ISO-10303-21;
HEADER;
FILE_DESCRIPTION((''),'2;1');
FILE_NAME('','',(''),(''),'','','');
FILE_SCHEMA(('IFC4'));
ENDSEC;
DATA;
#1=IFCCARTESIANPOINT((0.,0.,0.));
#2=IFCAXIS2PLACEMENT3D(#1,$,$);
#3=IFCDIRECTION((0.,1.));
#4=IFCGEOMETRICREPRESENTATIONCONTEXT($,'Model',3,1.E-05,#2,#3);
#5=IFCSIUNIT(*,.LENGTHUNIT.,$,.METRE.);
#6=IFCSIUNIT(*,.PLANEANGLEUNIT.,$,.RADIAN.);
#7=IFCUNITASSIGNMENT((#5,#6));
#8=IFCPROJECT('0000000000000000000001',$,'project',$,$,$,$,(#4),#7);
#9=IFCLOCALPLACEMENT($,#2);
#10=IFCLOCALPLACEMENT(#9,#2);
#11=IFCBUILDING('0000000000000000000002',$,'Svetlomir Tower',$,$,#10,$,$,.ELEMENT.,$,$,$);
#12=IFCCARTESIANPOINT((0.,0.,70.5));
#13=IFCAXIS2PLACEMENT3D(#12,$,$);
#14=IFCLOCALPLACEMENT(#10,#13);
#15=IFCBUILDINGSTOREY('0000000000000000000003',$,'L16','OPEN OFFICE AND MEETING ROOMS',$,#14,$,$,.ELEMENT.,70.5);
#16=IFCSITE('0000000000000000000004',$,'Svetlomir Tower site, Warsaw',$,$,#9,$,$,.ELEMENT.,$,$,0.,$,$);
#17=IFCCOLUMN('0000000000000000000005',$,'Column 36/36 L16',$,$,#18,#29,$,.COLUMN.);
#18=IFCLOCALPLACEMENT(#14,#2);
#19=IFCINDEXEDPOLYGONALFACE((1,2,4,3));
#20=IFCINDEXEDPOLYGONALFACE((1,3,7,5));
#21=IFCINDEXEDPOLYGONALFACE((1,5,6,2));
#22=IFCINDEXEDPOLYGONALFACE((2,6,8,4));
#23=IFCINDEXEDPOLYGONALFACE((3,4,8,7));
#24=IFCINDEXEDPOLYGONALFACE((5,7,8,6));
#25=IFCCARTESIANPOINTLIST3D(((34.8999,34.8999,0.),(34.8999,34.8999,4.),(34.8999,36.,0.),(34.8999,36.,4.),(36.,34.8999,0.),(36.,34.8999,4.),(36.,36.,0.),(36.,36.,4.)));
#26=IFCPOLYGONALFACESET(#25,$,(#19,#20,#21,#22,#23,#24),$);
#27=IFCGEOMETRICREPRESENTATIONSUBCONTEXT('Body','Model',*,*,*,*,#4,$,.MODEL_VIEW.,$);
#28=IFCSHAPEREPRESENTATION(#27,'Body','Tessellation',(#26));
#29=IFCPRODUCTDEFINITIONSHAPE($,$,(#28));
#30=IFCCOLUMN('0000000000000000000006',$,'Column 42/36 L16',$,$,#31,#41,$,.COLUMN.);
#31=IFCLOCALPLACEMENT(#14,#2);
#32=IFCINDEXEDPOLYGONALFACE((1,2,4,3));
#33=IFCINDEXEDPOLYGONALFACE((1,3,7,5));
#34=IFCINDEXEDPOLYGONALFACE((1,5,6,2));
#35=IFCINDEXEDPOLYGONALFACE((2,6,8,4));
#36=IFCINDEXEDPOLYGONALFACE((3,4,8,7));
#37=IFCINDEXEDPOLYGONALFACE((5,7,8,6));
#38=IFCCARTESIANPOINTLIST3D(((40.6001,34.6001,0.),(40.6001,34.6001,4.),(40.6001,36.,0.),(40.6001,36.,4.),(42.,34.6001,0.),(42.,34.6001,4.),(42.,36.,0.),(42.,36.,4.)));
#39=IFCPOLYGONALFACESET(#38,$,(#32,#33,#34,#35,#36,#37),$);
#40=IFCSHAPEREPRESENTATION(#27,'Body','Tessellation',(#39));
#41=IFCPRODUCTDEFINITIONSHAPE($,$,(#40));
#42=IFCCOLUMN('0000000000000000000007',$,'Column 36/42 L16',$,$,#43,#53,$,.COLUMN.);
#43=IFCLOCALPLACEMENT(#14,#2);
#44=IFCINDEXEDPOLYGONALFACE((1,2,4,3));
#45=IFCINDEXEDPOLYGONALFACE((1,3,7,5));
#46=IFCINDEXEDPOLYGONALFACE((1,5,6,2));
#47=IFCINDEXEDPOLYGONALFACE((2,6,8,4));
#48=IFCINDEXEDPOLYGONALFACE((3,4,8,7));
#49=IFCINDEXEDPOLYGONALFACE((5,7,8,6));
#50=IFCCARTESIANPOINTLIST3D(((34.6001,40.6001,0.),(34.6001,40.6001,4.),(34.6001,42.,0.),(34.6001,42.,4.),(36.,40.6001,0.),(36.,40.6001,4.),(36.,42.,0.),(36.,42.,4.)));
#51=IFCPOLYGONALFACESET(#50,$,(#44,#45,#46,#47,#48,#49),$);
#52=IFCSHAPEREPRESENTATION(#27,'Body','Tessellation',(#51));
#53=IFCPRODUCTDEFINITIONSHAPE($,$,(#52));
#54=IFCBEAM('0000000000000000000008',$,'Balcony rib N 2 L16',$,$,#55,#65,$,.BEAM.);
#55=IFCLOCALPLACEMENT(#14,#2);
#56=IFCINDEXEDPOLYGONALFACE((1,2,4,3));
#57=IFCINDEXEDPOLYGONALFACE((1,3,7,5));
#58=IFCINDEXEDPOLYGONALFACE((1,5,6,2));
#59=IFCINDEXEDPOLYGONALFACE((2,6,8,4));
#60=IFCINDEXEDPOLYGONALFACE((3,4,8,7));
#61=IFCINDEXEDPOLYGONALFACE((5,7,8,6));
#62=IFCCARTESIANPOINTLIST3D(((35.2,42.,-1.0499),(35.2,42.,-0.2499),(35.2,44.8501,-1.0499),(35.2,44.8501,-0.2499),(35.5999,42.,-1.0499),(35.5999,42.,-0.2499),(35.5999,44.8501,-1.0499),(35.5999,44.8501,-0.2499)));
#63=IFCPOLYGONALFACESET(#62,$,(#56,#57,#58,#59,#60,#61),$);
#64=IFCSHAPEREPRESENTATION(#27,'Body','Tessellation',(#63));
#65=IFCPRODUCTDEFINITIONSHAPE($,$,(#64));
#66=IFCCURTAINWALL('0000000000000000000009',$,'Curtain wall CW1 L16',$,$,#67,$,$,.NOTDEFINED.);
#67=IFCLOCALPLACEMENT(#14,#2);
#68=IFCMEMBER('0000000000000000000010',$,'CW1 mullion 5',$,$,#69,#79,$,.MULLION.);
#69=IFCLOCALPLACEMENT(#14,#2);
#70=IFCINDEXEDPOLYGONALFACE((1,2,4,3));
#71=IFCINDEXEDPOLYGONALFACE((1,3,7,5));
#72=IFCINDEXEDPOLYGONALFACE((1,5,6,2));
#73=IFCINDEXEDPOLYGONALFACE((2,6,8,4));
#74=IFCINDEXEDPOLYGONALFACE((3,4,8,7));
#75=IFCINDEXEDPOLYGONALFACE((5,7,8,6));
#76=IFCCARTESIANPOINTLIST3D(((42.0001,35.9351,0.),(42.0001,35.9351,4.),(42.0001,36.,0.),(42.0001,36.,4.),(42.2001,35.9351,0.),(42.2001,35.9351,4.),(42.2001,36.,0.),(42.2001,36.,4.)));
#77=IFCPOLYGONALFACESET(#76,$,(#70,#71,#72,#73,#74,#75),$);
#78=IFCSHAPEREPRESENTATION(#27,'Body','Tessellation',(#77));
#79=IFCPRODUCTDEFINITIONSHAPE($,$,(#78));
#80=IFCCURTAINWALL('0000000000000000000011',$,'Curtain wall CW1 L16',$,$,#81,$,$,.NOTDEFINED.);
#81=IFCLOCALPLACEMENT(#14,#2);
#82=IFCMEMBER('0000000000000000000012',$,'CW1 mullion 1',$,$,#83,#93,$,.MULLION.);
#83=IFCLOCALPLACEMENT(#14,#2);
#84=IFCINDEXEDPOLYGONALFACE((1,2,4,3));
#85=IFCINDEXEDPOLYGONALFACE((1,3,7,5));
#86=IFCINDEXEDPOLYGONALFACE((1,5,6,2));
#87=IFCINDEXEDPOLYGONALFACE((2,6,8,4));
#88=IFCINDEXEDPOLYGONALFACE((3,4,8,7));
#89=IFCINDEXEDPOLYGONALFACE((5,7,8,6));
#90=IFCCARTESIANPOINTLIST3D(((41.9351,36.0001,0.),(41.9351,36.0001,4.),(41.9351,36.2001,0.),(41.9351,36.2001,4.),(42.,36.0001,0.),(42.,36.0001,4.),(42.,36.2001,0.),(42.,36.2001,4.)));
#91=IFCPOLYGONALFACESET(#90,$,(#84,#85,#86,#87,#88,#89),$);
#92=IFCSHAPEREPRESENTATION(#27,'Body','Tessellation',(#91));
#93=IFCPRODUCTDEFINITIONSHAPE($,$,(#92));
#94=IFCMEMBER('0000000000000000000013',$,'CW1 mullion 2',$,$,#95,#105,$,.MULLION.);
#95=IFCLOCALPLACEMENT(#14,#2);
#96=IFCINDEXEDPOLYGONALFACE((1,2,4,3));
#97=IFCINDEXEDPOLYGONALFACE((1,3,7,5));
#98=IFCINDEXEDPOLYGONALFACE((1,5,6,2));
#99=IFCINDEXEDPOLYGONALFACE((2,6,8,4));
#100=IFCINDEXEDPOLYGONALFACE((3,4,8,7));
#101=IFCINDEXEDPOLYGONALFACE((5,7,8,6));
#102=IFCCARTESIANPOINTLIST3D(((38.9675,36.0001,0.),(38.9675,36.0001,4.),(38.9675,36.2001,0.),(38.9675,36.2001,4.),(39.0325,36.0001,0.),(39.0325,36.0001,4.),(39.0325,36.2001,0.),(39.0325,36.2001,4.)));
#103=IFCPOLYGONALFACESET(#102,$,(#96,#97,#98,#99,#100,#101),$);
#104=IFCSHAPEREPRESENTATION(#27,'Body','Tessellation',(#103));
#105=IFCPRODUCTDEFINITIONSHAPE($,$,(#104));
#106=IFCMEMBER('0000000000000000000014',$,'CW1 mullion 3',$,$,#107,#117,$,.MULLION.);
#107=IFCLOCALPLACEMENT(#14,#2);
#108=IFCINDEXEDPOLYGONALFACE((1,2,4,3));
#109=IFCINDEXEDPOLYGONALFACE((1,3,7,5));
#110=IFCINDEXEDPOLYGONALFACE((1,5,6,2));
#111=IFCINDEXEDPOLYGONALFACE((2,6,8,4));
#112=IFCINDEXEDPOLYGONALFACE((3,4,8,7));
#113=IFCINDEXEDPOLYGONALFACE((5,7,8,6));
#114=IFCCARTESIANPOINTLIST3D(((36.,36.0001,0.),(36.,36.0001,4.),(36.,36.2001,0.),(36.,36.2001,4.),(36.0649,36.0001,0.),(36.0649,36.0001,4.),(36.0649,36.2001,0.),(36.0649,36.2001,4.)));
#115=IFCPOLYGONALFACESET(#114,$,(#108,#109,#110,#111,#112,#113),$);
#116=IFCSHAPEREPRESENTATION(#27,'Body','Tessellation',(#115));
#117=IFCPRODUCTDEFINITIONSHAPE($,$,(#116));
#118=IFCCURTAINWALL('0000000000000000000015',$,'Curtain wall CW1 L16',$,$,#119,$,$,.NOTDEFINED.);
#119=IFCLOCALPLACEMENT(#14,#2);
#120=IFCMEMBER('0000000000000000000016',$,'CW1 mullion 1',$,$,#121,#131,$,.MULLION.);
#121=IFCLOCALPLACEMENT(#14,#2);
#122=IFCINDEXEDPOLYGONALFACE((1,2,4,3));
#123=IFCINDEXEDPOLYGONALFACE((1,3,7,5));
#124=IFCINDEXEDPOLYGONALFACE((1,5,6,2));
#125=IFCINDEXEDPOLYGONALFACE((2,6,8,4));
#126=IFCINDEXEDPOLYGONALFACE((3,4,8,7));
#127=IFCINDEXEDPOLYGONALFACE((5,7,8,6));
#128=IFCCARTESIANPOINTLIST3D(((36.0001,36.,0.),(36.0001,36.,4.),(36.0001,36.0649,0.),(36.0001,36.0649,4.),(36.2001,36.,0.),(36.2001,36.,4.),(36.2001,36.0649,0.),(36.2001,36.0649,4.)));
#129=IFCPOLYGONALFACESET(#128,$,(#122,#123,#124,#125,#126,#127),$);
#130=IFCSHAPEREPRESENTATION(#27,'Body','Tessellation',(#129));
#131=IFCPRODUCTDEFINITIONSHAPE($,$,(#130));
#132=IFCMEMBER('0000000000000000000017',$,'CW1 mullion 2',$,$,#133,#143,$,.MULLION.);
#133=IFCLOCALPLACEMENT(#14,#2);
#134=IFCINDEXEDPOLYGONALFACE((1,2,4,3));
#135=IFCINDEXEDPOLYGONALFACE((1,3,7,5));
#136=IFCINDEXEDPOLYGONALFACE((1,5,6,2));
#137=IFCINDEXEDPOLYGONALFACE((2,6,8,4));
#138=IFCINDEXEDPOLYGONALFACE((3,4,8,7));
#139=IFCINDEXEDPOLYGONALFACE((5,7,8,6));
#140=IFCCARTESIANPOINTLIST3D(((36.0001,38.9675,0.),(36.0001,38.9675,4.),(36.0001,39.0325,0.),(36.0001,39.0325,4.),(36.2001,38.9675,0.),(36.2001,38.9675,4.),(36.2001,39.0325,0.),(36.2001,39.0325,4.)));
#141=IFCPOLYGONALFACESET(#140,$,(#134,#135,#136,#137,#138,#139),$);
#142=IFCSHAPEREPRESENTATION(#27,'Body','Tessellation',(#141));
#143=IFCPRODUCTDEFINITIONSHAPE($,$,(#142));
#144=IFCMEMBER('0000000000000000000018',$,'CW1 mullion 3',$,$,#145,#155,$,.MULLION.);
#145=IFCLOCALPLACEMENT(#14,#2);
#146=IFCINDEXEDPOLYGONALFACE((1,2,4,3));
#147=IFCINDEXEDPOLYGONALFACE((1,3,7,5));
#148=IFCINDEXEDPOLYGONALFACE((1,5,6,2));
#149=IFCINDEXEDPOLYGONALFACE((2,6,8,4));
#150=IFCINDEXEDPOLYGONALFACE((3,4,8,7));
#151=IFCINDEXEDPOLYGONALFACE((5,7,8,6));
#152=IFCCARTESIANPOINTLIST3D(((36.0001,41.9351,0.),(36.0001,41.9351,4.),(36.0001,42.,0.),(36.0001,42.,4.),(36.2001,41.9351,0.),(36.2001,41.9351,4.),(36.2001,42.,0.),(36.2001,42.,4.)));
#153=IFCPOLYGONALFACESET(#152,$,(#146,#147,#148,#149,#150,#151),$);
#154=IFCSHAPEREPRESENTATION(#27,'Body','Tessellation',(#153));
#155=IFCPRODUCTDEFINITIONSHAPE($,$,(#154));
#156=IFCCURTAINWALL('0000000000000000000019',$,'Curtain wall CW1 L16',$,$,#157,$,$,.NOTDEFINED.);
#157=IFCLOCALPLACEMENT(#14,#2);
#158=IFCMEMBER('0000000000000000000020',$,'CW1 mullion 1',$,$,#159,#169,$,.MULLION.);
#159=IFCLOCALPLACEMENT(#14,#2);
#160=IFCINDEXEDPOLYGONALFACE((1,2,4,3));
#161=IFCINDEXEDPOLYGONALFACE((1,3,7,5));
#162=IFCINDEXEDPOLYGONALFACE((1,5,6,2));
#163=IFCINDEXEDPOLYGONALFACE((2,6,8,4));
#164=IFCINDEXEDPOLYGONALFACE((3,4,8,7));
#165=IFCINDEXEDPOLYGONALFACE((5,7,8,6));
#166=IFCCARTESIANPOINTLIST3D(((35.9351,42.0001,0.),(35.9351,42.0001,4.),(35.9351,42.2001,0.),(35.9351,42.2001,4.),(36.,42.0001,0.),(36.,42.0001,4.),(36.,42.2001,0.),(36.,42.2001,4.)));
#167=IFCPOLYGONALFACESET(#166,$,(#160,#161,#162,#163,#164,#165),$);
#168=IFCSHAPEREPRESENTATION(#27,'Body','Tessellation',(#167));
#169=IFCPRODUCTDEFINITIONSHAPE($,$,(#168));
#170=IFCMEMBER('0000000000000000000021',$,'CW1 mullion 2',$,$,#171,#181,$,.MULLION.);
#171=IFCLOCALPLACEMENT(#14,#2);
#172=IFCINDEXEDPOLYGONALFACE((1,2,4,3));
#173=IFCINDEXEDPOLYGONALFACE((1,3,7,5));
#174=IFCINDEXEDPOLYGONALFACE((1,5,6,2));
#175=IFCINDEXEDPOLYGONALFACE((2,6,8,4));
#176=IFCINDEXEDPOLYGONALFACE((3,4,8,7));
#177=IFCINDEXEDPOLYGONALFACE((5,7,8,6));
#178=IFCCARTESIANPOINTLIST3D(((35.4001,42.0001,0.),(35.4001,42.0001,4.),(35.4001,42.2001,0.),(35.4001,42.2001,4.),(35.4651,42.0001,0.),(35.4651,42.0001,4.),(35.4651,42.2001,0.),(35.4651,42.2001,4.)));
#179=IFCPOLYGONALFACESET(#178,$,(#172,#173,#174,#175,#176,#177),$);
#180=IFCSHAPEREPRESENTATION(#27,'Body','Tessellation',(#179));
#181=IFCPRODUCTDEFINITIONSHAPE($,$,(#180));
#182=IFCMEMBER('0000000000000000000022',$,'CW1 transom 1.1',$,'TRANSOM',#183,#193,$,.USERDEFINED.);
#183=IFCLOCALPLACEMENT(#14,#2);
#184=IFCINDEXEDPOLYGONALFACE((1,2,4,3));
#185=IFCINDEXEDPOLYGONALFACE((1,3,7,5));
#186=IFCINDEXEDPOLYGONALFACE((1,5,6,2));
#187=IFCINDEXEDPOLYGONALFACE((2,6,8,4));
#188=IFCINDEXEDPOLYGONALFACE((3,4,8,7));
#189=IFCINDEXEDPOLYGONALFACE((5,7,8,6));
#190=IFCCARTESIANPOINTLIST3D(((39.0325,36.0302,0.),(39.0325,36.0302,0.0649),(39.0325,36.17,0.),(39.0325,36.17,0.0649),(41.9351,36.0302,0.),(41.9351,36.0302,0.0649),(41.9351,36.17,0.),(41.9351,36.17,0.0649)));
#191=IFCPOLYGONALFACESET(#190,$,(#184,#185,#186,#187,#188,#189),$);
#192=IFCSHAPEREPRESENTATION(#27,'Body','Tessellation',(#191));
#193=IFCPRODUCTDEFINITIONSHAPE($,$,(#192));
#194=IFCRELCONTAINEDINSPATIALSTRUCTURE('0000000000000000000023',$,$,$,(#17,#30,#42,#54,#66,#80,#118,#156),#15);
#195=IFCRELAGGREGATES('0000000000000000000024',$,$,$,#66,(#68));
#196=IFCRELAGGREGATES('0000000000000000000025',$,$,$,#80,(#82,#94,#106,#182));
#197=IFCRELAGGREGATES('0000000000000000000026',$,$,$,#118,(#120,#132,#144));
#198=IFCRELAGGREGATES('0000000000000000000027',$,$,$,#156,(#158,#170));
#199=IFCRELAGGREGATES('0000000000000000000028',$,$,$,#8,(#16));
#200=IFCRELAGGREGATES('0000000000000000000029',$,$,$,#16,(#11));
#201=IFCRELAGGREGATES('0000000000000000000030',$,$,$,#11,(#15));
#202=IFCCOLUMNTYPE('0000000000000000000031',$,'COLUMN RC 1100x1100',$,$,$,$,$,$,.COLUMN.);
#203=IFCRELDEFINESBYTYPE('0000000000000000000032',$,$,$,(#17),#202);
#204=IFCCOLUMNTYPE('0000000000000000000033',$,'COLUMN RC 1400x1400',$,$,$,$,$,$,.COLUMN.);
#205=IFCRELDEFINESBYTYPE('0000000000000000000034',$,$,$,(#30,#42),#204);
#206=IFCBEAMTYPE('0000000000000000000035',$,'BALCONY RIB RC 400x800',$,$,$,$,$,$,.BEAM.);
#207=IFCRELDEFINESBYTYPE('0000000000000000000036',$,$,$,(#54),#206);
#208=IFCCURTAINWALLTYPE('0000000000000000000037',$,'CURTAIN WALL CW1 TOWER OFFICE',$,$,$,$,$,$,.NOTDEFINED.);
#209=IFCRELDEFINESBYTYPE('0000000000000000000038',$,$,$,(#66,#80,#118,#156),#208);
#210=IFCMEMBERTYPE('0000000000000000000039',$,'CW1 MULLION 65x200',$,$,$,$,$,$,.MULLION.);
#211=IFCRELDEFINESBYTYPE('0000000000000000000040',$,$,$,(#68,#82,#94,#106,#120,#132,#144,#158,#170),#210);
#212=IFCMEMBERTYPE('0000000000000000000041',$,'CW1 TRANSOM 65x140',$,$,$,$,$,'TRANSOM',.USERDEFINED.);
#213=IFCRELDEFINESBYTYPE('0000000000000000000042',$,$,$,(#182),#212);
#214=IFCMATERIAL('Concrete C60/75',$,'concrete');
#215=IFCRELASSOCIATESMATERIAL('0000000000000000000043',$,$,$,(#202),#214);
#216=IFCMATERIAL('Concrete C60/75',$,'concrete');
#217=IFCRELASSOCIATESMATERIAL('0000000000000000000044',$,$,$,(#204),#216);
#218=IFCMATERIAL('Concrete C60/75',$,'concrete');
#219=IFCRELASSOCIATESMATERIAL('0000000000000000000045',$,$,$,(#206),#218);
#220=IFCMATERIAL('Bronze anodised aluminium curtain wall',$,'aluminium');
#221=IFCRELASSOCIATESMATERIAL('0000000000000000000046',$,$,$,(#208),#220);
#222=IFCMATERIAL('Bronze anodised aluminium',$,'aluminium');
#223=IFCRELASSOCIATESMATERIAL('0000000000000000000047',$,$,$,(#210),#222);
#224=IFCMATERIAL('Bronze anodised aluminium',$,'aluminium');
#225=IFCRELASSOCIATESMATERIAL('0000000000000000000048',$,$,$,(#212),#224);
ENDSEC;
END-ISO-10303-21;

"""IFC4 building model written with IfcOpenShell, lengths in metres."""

from ifc_helpers import new_model, si_unit, direction, frame, origin, origin_2d, place, context, subcontext, project, spatial, rectangle, extrude, material, material_profile, profile_set, type_object, element, aggregate, save


model = new_model("IFC4")

# Units and contexts
model_context = context("Model", 3, precision=1e-05, world=origin(), true_north=direction((0.0, 1.0)))
body_context = subcontext(model_context, "Body", "Model", "MODEL_VIEW")
ifc_project = project(units=[si_unit("LENGTHUNIT", "METRE"), si_unit("PLANEANGLEUNIT", "RADIAN")], contexts=[model_context])

# Site, building, storey
site_placement = place(None, origin())
site = spatial("IfcSite", under=ifc_project, at=site_placement, Name="Svetlomir Tower site, Warsaw", CompositionType="ELEMENT", RefElevation=0.0)
building_placement = place(site_placement, origin())
building = spatial("IfcBuilding", under=site, at=building_placement, Name="Svetlomir Tower", CompositionType="ELEMENT")
storey_placement = place(building_placement, frame((0.0, 0.0, 70.5)))
storey = spatial("IfcBuildingStorey", under=building, at=storey_placement, Name="L16", Description="OPEN OFFICE AND MEETING ROOMS", CompositionType="ELEMENT", Elevation=70.5)

# Columns
ifc_material_1 = material(Name="Concrete C60/75", Category="concrete")
ifc_material_profile_1 = material_profile(ifc_material_1, rectangle(XDim=1.1001, YDim=1.1001, at=origin_2d()), Name="RC 1100x1100")
ifc_profile_set_1 = profile_set([ifc_material_profile_1], Name="Concrete C60/75")
column_type_1 = type_object("IfcColumnType", Name="COLUMN RC 1100x1100", PredefinedType="COLUMN", material=ifc_profile_set_1)
column_placement = place(storey_placement, frame((35.45, 35.45, 0.0), z_axis=(0.0, 0.0, 1.0), x_axis=(1.0, 0.0, 0.0)))
element("IfcColumn", 1, at=column_placement, inside=storey, type_object=column_type_1, Name="Column 36/36 L16", PredefinedType="COLUMN", context=body_context, shape_type="SweptSolid", body=[
    extrude(rectangle(XDim=1.1001, YDim=1.1001, at=origin_2d()), origin(), (0.0, 0.0, 1.0), 4.0),
])
ifc_material_2 = material(Name="Concrete C60/75", Category="concrete")
ifc_material_profile_2 = material_profile(ifc_material_2, rectangle(XDim=1.3999, YDim=1.3999, at=origin_2d()), Name="RC 1400x1400")
ifc_profile_set_2 = profile_set([ifc_material_profile_2], Name="Concrete C60/75")
column_type_2 = type_object("IfcColumnType", Name="COLUMN RC 1400x1400", PredefinedType="COLUMN", material=ifc_profile_set_2)
for number, where, z_axis, x_axis, name in (
    (2, (41.3, 35.3, 0.0), (0.0, 0.0, 1.0), (1.0, 0.0, 0.0), "Column 42/36 L16"),
    (3, (35.3, 41.3, 0.0), (0.0, 0.0, 1.0), (1.0, 0.0, 0.0), "Column 36/42 L16"),
):
    element("IfcColumn", number, at=place(storey_placement, frame(where, z_axis=z_axis, x_axis=x_axis)), inside=storey, type_object=column_type_2, Name=name, PredefinedType="COLUMN", context=body_context, shape_type="SweptSolid", body=[
        extrude(rectangle(XDim=1.3999, YDim=1.3999, at=origin_2d()), origin(), (0.0, 0.0, 1.0), 4.0),
    ])

# Beam
ifc_material_3 = material(Name="Concrete C60/75", Category="concrete")
ifc_material_profile_3 = material_profile(ifc_material_3, rectangle(XDim=0.3999, YDim=0.8, at=origin_2d()), Name="RC 400x800")
ifc_profile_set_3 = profile_set([ifc_material_profile_3], Name="Concrete C60/75")
beam_type_1 = type_object("IfcBeamType", Name="BALCONY RIB RC 400x800", PredefinedType="BEAM", material=ifc_profile_set_3)
beam_placement = place(storey_placement, frame((35.3999, 42.0, -0.6499), z_axis=(0.0, 1.0, 0.0), x_axis=(-1.0, 0.0, 0.0)))
element("IfcBeam", 4, at=beam_placement, inside=storey, type_object=beam_type_1, Name="Balcony rib N 2 L16", PredefinedType="BEAM", context=body_context, shape_type="SweptSolid", body=[
    extrude(rectangle(XDim=0.3999, YDim=0.8, at=origin_2d()), origin(), (0.0, 0.0, 1.0), 2.8501),
])

# Curtain wall, member
ifc_material_4 = material(Name="Bronze anodised aluminium curtain wall", Category="aluminium")
curtain_wall_type = type_object("IfcCurtainWallType", Name="CURTAIN WALL CW1 TOWER OFFICE", PredefinedType="NOTDEFINED", material=ifc_material_4)
curtain_wall_1_placement = place(storey_placement, origin())
curtain_wall_1 = element("IfcCurtainWall", 5, at=curtain_wall_1_placement, inside=storey, type_object=curtain_wall_type, Name="Curtain wall CW1 L16", PredefinedType="NOTDEFINED")
ifc_material_5 = material(Name="Bronze anodised aluminium", Category="aluminium")
ifc_material_profile_4 = material_profile(ifc_material_5, rectangle(XDim=0.0649, YDim=0.2, at=origin_2d()), Name="AL 65x200")
ifc_profile_set_4 = profile_set([ifc_material_profile_4], Name="Bronze anodised aluminium 6063-T6")
member_type_1 = type_object("IfcMemberType", Name="CW1 MULLION 65x200", PredefinedType="MULLION", material=ifc_profile_set_4)
member_1_placement = place(storey_placement, frame((42.1001, 35.9675, 0.0), z_axis=(0.0, 0.0, 1.0), x_axis=(0.0, 1.0, 0.0)))
member_1 = element("IfcMember", 6, at=member_1_placement, type_object=member_type_1, Name="CW1 mullion 5", PredefinedType="MULLION", context=body_context, shape_type="SweptSolid", body=[
    extrude(rectangle(XDim=0.0649, YDim=0.2, at=origin_2d()), origin(), (0.0, 0.0, 1.0), 4.0),
])

# Curtain walls, members
curtain_wall_2_placement = place(storey_placement, origin())
curtain_wall_2 = element("IfcCurtainWall", 7, at=curtain_wall_2_placement, inside=storey, type_object=curtain_wall_type, Name="Curtain wall CW1 L16", PredefinedType="NOTDEFINED")
member_2_placement = place(storey_placement, frame((41.9675, 36.1001, 0.0), z_axis=(0.0, 0.0, 1.0), x_axis=(-1.0, 0.0, 0.0)))
member_2 = element("IfcMember", 8, at=member_2_placement, type_object=member_type_1, Name="CW1 mullion 1", PredefinedType="MULLION", context=body_context, shape_type="SweptSolid", body=[
    extrude(rectangle(XDim=0.0649, YDim=0.2, at=origin_2d()), origin(), (0.0, 0.0, 1.0), 4.0),
])
member_3_placement = place(storey_placement, frame((39.0, 36.1001, 0.0), z_axis=(0.0, 0.0, 1.0), x_axis=(-1.0, 0.0, 0.0)))
member_3 = element("IfcMember", 9, at=member_3_placement, type_object=member_type_1, Name="CW1 mullion 2", PredefinedType="MULLION", context=body_context, shape_type="SweptSolid", body=[
    extrude(rectangle(XDim=0.0649, YDim=0.2, at=origin_2d()), origin(), (0.0, 0.0, 1.0), 4.0),
])
member_4_placement = place(storey_placement, frame((36.0325, 36.1001, 0.0), z_axis=(0.0, 0.0, 1.0), x_axis=(-1.0, 0.0, 0.0)))
member_4 = element("IfcMember", 10, at=member_4_placement, type_object=member_type_1, Name="CW1 mullion 3", PredefinedType="MULLION", context=body_context, shape_type="SweptSolid", body=[
    extrude(rectangle(XDim=0.0649, YDim=0.2, at=origin_2d()), origin(), (0.0, 0.0, 1.0), 4.0),
])
curtain_wall_3_placement = place(storey_placement, origin())
curtain_wall_3 = element("IfcCurtainWall", 11, at=curtain_wall_3_placement, inside=storey, type_object=curtain_wall_type, Name="Curtain wall CW1 L16", PredefinedType="NOTDEFINED")
member_5_placement = place(storey_placement, frame((36.1001, 36.0325, 0.0), z_axis=(0.0, 0.0, 1.0), x_axis=(0.0, 1.0, 0.0)))
member_5 = element("IfcMember", 12, at=member_5_placement, type_object=member_type_1, Name="CW1 mullion 1", PredefinedType="MULLION", context=body_context, shape_type="SweptSolid", body=[
    extrude(rectangle(XDim=0.0649, YDim=0.2, at=origin_2d()), origin(), (0.0, 0.0, 1.0), 4.0),
])
member_6_placement = place(storey_placement, frame((36.1001, 39.0, 0.0), z_axis=(0.0, 0.0, 1.0), x_axis=(0.0, 1.0, 0.0)))
member_6 = element("IfcMember", 13, at=member_6_placement, type_object=member_type_1, Name="CW1 mullion 2", PredefinedType="MULLION", context=body_context, shape_type="SweptSolid", body=[
    extrude(rectangle(XDim=0.0649, YDim=0.2, at=origin_2d()), origin(), (0.0, 0.0, 1.0), 4.0),
])
member_7_placement = place(storey_placement, frame((36.1001, 41.9675, 0.0), z_axis=(0.0, 0.0, 1.0), x_axis=(0.0, 1.0, 0.0)))
member_7 = element("IfcMember", 14, at=member_7_placement, type_object=member_type_1, Name="CW1 mullion 3", PredefinedType="MULLION", context=body_context, shape_type="SweptSolid", body=[
    extrude(rectangle(XDim=0.0649, YDim=0.2, at=origin_2d()), origin(), (0.0, 0.0, 1.0), 4.0),
])
curtain_wall_4_placement = place(storey_placement, origin())
curtain_wall_4 = element("IfcCurtainWall", 15, at=curtain_wall_4_placement, inside=storey, type_object=curtain_wall_type, Name="Curtain wall CW1 L16", PredefinedType="NOTDEFINED")
member_8_placement = place(storey_placement, frame((35.9675, 42.1001, 0.0), z_axis=(0.0, 0.0, 1.0), x_axis=(-1.0, 0.0, 0.0)))
member_8 = element("IfcMember", 16, at=member_8_placement, type_object=member_type_1, Name="CW1 mullion 1", PredefinedType="MULLION", context=body_context, shape_type="SweptSolid", body=[
    extrude(rectangle(XDim=0.0649, YDim=0.2, at=origin_2d()), origin(), (0.0, 0.0, 1.0), 4.0),
])
member_9_placement = place(storey_placement, frame((35.4326, 42.1001, 0.0), z_axis=(0.0, 0.0, 1.0), x_axis=(-1.0, 0.0, 0.0)))
member_9 = element("IfcMember", 17, at=member_9_placement, type_object=member_type_1, Name="CW1 mullion 2", PredefinedType="MULLION", context=body_context, shape_type="SweptSolid", body=[
    extrude(rectangle(XDim=0.0649, YDim=0.2, at=origin_2d()), origin(), (0.0, 0.0, 1.0), 4.0),
])

# Member
ifc_material_6 = material(Name="Bronze anodised aluminium", Category="aluminium")
ifc_material_profile_5 = material_profile(ifc_material_6, rectangle(XDim=0.1399, YDim=0.0649, at=origin_2d()), Name="AL 140x65")
ifc_profile_set_5 = profile_set([ifc_material_profile_5], Name="Bronze anodised aluminium 6063-T6")
member_type_2 = type_object("IfcMemberType", Name="CW1 TRANSOM 65x140", ElementType="TRANSOM", PredefinedType="USERDEFINED", material=ifc_profile_set_5)
member_10_placement = place(storey_placement, frame((41.9351, 36.1001, 0.0325), z_axis=(-1.0, 0.0, 0.0), x_axis=(0.0, -1.0, 0.0)))
member_10 = element("IfcMember", 18, at=member_10_placement, type_object=member_type_2, Name="CW1 transom 1.1", ObjectType="TRANSOM", PredefinedType="USERDEFINED", context=body_context, shape_type="SweptSolid", body=[
    extrude(rectangle(XDim=0.1399, YDim=0.0649, at=origin_2d()), origin(), (0.0, 0.0, 1.0), 2.9026),
])

aggregate(curtain_wall_1, [member_1])
aggregate(curtain_wall_2, [member_2, member_3, member_4, member_10])
aggregate(curtain_wall_3, [member_5, member_6, member_7])
aggregate(curtain_wall_4, [member_8, member_9])

save(model, "model.ifc")
